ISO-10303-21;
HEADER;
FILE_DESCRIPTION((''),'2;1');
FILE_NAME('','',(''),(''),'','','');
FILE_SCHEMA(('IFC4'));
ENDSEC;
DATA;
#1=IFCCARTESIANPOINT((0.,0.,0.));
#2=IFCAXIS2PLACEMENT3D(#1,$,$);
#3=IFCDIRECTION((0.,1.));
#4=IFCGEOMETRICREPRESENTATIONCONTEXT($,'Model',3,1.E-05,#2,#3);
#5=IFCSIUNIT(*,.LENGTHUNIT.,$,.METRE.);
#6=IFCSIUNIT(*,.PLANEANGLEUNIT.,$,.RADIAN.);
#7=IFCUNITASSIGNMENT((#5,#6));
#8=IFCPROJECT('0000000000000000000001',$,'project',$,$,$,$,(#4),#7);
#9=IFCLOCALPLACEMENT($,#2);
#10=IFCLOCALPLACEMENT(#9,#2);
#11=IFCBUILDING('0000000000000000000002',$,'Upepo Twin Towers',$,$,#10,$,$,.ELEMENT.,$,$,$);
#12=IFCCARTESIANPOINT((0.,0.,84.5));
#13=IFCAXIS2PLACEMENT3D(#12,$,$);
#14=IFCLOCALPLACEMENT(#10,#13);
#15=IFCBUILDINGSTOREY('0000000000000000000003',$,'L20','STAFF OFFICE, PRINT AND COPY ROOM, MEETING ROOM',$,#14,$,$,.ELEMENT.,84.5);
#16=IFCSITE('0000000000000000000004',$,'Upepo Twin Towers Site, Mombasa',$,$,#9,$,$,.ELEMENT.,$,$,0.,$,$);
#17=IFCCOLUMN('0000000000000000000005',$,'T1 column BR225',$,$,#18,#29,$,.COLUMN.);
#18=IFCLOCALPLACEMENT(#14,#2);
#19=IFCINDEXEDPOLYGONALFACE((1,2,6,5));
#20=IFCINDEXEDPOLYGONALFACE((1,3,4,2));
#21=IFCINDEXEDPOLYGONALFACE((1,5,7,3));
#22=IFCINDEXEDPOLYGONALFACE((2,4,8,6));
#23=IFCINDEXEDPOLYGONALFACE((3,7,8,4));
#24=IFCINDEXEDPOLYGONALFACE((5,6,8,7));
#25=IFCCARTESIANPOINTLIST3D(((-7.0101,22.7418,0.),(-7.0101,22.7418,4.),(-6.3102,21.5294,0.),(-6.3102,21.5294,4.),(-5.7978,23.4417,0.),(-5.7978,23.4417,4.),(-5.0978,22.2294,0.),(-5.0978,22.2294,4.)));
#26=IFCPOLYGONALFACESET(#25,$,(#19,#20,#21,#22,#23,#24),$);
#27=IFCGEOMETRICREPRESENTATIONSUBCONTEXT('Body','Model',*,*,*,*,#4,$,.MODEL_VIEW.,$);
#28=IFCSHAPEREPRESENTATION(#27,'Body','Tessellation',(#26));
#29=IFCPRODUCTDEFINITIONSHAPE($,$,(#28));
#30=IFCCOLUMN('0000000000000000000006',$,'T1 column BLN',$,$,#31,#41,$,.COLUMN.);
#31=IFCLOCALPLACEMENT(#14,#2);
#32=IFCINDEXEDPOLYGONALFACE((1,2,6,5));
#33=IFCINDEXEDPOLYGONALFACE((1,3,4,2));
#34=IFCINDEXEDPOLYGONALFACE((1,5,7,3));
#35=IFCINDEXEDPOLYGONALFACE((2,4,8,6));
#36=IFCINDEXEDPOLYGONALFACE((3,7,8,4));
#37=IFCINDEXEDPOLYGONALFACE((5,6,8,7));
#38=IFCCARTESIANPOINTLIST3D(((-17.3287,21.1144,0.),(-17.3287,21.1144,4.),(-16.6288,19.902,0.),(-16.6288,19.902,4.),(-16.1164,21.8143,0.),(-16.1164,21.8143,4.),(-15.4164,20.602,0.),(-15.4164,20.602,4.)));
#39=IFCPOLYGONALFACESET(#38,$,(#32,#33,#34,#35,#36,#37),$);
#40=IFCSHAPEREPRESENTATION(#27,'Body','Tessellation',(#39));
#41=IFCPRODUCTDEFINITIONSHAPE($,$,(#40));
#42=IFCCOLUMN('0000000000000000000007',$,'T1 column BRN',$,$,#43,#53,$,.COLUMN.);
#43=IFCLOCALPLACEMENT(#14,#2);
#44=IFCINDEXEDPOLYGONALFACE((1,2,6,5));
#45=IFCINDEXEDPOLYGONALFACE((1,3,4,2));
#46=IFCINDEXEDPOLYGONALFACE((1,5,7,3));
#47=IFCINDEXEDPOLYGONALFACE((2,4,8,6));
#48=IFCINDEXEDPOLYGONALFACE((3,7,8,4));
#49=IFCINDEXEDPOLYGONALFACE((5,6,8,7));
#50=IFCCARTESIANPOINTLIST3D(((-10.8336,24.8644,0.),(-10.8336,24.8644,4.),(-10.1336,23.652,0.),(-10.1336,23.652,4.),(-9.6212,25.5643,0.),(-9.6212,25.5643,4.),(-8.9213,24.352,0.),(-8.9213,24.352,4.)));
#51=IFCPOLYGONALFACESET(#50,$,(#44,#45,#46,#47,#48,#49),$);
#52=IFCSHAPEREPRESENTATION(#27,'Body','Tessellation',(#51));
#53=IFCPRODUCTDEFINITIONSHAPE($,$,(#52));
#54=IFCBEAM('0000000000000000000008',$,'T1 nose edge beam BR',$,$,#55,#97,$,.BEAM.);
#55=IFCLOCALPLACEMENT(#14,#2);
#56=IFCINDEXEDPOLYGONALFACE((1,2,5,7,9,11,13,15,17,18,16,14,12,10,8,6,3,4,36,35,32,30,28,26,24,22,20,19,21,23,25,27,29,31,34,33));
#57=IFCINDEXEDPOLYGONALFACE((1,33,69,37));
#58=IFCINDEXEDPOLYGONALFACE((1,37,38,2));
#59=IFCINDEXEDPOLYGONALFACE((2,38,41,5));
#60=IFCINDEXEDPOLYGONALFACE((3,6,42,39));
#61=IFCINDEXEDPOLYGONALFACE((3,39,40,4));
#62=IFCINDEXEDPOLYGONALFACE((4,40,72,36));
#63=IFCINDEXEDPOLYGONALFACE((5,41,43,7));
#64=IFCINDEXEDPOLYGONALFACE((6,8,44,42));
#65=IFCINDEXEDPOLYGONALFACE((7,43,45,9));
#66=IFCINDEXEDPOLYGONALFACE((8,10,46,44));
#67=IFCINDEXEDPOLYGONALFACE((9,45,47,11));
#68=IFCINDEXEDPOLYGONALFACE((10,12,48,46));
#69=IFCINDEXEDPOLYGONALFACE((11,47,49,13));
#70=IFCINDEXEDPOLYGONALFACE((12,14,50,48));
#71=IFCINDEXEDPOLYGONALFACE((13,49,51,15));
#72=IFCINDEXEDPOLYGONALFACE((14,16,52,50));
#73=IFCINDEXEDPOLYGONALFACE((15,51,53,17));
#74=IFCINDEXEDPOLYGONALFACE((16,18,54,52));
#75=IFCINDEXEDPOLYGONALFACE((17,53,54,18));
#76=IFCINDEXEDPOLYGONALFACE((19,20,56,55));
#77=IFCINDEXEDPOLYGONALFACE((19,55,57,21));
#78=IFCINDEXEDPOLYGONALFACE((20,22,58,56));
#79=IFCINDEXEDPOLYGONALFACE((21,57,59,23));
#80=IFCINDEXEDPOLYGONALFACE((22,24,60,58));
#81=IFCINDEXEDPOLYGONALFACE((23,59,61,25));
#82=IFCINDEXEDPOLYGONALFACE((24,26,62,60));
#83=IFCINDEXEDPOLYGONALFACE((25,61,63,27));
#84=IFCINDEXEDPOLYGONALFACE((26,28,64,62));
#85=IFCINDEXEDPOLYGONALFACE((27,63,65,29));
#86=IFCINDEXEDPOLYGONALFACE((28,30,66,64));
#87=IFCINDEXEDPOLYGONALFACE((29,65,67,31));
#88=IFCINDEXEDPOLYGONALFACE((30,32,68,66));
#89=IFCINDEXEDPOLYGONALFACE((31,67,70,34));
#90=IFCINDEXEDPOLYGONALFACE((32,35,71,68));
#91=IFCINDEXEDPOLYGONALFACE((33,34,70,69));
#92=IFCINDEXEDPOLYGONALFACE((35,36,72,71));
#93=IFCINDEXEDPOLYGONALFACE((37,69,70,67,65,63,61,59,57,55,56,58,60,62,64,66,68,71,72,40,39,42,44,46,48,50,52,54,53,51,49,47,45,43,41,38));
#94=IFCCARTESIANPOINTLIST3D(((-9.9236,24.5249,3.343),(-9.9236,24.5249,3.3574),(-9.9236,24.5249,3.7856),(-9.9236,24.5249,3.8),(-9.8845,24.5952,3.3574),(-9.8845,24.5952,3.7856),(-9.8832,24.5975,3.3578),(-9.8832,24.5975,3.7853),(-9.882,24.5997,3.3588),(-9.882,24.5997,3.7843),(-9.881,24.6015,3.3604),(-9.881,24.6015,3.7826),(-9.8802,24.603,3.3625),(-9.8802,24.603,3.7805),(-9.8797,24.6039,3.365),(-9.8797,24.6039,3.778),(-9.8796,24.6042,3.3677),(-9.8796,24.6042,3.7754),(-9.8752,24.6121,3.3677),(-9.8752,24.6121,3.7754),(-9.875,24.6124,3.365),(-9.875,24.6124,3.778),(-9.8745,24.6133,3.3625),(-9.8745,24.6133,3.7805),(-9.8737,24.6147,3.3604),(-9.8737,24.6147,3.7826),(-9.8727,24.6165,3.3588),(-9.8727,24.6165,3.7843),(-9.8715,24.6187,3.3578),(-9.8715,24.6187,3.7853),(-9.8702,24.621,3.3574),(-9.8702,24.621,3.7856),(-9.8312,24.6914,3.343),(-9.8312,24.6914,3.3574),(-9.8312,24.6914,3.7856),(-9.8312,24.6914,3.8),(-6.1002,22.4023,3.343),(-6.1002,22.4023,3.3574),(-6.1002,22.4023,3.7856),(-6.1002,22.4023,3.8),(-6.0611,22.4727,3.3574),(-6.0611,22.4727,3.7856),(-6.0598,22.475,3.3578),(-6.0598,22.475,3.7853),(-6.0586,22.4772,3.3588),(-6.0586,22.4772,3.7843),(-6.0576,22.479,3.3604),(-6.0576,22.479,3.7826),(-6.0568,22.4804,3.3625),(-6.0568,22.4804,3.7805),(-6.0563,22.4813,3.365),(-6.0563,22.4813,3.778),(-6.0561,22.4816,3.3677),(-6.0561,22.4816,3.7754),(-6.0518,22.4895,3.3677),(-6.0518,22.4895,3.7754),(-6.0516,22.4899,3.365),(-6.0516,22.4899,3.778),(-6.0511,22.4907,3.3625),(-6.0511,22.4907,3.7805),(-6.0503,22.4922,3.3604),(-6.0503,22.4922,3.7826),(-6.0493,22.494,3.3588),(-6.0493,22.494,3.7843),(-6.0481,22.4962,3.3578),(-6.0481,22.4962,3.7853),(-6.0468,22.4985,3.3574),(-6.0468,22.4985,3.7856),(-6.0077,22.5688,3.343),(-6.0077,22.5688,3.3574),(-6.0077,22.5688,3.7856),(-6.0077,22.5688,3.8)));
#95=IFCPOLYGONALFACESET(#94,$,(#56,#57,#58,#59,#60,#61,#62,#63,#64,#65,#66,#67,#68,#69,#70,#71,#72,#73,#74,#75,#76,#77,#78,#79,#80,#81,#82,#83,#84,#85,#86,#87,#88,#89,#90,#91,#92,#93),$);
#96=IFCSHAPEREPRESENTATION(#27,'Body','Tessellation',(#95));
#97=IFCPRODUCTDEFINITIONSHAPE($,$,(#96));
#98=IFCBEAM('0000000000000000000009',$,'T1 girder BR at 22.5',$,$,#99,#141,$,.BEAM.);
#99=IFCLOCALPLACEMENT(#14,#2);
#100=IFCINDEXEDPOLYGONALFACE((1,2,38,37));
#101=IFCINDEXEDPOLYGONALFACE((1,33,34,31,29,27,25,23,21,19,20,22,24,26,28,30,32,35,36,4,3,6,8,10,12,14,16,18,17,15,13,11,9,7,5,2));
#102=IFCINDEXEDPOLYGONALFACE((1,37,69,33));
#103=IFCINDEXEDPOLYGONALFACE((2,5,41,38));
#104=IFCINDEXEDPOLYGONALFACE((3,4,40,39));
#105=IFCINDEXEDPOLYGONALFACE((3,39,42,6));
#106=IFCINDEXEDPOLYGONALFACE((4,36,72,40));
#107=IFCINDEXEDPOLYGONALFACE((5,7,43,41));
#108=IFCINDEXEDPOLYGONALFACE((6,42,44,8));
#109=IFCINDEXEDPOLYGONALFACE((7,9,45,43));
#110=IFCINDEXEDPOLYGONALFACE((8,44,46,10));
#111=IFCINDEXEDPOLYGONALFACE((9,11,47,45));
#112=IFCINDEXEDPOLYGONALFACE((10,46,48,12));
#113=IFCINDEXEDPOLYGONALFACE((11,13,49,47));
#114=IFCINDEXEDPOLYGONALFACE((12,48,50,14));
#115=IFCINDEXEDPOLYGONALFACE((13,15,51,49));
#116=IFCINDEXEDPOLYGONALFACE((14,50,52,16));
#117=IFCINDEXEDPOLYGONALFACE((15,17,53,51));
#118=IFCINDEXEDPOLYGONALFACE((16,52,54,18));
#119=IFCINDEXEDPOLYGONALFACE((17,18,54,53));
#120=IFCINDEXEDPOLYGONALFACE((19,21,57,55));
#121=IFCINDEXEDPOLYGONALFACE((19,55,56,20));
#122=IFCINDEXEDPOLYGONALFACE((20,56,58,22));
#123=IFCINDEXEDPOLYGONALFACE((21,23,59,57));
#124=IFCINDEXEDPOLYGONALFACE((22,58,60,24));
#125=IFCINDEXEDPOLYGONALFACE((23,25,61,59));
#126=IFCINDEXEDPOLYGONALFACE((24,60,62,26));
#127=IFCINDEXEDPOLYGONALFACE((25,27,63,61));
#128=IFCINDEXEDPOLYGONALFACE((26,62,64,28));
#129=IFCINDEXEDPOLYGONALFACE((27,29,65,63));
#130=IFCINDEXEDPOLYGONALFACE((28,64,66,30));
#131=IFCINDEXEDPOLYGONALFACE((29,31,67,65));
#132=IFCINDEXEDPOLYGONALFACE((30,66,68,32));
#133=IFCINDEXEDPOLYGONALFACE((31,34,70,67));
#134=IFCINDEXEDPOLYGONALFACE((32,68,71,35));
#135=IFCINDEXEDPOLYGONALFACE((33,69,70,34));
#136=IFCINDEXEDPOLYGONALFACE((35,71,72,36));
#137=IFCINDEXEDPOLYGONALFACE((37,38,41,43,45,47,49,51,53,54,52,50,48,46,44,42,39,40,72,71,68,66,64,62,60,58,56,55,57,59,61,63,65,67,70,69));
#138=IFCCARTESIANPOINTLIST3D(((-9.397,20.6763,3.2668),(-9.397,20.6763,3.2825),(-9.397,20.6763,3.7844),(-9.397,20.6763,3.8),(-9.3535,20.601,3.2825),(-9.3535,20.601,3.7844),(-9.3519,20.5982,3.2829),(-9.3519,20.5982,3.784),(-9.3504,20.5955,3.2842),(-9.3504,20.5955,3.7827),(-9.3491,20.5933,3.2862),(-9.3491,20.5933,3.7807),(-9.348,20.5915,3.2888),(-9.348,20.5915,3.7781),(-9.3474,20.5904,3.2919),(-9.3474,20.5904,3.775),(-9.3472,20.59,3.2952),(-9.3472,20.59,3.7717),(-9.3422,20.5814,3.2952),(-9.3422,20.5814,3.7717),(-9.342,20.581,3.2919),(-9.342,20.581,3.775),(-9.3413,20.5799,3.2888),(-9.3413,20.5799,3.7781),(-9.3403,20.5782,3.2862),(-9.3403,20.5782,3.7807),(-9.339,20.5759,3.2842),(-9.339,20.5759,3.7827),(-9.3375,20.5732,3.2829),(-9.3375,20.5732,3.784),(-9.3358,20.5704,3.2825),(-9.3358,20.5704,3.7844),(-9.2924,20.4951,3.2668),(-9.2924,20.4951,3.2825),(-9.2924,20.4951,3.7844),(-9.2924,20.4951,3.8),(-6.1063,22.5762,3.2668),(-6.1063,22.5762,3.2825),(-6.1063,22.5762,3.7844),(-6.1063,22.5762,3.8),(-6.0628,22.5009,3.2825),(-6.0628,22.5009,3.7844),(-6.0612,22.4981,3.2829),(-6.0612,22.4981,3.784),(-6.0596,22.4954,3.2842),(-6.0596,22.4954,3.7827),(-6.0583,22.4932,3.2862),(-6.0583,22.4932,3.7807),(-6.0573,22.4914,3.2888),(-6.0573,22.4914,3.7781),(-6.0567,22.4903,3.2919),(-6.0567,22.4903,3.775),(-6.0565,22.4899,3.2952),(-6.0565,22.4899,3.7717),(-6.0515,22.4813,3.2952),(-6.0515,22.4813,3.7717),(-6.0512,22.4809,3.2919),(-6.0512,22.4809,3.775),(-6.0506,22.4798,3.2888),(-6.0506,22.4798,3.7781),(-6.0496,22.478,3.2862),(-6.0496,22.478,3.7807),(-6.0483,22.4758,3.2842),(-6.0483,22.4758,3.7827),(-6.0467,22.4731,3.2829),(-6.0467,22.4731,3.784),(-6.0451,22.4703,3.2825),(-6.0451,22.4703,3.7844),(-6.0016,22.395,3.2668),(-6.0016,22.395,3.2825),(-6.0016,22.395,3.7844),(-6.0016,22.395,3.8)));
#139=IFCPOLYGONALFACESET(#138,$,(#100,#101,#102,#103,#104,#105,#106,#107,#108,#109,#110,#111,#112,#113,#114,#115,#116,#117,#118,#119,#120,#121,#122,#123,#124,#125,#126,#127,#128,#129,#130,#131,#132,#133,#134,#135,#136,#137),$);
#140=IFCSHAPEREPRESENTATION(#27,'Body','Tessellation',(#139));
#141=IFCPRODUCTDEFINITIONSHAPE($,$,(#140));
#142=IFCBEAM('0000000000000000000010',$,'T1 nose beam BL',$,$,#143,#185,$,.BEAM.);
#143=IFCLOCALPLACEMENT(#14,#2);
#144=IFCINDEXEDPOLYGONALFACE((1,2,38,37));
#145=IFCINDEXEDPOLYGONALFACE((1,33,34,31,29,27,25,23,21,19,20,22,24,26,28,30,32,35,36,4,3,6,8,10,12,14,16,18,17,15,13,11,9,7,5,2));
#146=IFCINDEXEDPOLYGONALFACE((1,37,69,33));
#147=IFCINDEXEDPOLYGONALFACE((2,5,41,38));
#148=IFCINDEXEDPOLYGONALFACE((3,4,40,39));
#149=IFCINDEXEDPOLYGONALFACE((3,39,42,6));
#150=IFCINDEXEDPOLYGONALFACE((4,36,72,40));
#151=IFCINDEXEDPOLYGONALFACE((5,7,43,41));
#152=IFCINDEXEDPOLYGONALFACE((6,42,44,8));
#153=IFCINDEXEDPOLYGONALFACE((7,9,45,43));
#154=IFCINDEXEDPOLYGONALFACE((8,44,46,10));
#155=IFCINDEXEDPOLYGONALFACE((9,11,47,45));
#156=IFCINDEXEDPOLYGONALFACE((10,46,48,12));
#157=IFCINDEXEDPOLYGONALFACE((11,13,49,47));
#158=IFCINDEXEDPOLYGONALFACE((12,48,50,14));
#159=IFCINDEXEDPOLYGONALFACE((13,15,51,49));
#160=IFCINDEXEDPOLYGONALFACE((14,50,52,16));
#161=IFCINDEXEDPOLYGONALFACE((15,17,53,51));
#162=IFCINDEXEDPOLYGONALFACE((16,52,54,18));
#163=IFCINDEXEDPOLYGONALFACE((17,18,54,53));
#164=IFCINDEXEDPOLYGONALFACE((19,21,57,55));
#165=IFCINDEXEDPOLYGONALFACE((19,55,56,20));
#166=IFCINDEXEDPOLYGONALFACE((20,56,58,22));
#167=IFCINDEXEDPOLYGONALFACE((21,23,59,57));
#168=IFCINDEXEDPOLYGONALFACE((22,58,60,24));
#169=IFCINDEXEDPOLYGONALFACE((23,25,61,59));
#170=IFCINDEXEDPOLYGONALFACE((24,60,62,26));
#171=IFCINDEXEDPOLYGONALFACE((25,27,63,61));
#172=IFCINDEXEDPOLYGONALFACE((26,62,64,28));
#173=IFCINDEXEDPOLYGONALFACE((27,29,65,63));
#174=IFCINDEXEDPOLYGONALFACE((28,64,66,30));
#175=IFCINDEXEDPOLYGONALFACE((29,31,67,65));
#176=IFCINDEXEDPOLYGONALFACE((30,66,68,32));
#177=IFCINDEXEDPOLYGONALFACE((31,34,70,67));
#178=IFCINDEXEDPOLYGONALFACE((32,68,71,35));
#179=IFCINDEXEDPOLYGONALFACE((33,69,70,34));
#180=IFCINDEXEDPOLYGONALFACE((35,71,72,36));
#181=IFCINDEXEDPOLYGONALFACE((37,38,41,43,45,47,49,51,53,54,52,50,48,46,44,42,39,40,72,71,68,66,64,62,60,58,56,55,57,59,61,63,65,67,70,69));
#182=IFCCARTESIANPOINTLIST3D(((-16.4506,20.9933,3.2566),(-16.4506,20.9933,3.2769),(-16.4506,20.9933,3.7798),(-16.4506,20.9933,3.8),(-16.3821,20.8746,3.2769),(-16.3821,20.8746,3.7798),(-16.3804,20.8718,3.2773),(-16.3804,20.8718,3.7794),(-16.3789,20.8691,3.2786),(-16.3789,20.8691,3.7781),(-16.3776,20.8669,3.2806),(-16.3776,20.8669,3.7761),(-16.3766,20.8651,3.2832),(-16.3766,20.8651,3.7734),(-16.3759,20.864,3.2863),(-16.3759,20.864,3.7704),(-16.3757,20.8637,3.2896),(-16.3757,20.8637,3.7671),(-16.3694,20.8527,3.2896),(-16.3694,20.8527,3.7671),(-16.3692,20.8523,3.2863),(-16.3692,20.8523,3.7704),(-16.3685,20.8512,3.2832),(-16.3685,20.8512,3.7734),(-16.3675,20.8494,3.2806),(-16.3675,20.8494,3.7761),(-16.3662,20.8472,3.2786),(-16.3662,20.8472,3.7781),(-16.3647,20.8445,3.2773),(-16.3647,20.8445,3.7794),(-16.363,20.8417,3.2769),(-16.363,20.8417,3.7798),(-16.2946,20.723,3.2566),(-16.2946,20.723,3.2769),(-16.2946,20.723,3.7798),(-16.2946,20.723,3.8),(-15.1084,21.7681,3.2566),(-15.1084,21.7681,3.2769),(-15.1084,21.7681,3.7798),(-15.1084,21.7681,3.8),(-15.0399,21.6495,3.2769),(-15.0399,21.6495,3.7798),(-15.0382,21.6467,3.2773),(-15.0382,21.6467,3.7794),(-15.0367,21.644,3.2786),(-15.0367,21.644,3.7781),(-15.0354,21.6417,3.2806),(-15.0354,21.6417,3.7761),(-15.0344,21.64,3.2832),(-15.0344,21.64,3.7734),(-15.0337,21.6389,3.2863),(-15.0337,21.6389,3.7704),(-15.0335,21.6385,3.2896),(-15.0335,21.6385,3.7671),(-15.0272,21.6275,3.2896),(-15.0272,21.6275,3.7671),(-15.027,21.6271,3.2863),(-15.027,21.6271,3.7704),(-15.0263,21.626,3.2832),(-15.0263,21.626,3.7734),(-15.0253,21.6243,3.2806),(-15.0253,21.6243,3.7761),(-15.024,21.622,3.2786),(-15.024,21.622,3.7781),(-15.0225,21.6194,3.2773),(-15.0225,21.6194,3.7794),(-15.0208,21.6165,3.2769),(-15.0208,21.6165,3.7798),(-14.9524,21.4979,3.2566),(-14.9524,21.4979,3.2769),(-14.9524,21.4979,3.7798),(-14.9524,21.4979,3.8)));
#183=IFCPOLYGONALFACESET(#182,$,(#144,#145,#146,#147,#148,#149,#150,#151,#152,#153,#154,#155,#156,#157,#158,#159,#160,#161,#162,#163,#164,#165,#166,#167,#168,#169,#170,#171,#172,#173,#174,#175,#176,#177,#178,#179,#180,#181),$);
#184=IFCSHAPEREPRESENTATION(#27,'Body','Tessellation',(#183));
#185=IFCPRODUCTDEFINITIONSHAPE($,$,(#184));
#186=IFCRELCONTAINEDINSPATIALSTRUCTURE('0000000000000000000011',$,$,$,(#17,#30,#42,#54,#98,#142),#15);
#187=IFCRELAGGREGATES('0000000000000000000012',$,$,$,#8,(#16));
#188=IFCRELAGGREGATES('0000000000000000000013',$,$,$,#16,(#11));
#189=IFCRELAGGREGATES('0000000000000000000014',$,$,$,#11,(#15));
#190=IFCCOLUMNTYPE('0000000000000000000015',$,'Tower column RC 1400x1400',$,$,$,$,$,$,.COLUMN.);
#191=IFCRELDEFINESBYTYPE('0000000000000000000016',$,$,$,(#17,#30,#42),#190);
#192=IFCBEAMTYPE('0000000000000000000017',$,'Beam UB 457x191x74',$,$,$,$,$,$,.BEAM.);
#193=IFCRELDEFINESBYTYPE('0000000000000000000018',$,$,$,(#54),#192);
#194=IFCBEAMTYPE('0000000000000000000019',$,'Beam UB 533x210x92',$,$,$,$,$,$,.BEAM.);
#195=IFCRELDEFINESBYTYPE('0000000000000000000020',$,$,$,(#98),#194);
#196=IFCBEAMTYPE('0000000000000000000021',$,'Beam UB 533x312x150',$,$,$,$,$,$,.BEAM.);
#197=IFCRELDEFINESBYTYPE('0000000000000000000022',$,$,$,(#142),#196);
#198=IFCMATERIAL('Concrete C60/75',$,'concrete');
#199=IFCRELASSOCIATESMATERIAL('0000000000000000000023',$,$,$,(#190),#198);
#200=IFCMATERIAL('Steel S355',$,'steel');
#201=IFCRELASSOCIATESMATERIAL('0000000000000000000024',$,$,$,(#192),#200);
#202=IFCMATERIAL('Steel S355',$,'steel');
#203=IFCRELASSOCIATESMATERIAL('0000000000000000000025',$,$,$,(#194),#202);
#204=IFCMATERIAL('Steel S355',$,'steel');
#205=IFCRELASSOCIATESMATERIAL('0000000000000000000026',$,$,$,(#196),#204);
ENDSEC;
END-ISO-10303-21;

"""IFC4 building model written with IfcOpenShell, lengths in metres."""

from ifc_helpers import new_model, si_unit, direction, frame, origin, origin_2d, place, context, subcontext, project, spatial, rectangle, i_section, extrude, material, material_profile, profile_set, type_object, element, save


model = new_model("IFC4")

# Units and contexts
model_context = context("Model", 3, precision=1e-05, world=origin(), true_north=direction((0.0, 1.0)))
body_context = subcontext(model_context, "Body", "Model", "MODEL_VIEW")
ifc_project = project(units=[si_unit("LENGTHUNIT", "METRE"), si_unit("PLANEANGLEUNIT", "RADIAN")], contexts=[model_context])

# Site, building, storey
site_placement = place(None, origin())
site = spatial("IfcSite", under=ifc_project, at=site_placement, Name="Upepo Twin Towers Site, Mombasa", CompositionType="ELEMENT", RefElevation=0.0)
building_placement = place(site_placement, origin())
building = spatial("IfcBuilding", under=site, at=building_placement, Name="Upepo Twin Towers", CompositionType="ELEMENT")
storey_placement = place(building_placement, frame((0.0, 0.0, 84.5)))
storey = spatial("IfcBuildingStorey", under=building, at=storey_placement, Name="L20", Description="STAFF OFFICE, PRINT AND COPY ROOM, MEETING ROOM", CompositionType="ELEMENT", Elevation=84.5)

# Columns
ifc_material_1 = material(Name="Concrete C60/75", Category="concrete")
ifc_material_profile_1 = material_profile(ifc_material_1, rectangle(XDim=1.3999, YDim=1.3999, at=origin_2d()), Name="RC 1400x1400")
ifc_profile_set_1 = profile_set([ifc_material_profile_1], Name="Concrete C60/75")
column_type = type_object("IfcColumnType", Name="Tower column RC 1400x1400", PredefinedType="COLUMN", material=ifc_profile_set_1)
for number, where, z_axis, x_axis, name in (
    (1, (-6.054, 22.4856, 0.0), (0.0, 0.0, 1.0), (0.866025, 0.5, 0.0), "T1 column BR225"),
    (2, (-16.3726, 20.8582, 0.0), (0.0, 0.0, 1.0), (0.866025, 0.5, 0.0), "T1 column BLN"),
    (3, (-9.8774, 24.6082, 0.0), (0.0, 0.0, 1.0), (0.866025, 0.5, 0.0), "T1 column BRN"),
):
    element("IfcColumn", number, at=place(storey_placement, frame(where, z_axis=z_axis, x_axis=x_axis)), inside=storey, type_object=column_type, Name=name, PredefinedType="COLUMN", context=body_context, shape_type="SweptSolid", body=[
        extrude(rectangle(XDim=1.3999, YDim=1.3999, at=origin_2d()), origin(), (0.0, 0.0, 1.0), 4.0),
    ])

# Beams
ifc_material_2 = material(Name="Steel S355", Category="steel")
ifc_material_profile_2 = material_profile(ifc_material_2, i_section(OverallWidth=0.1904, OverallDepth=0.457, WebThickness=0.009, FlangeThickness=0.0144, FilletRadius=0.0103, at=origin_2d()), Name="UB 457x191x74")
ifc_profile_set_2 = profile_set([ifc_material_profile_2], Name="Steel S355")
beam_type_1 = type_object("IfcBeamType", Name="Beam UB 457x191x74", PredefinedType="BEAM", material=ifc_profile_set_2)
beam_1_placement = place(storey_placement, frame((-6.054, 22.4856, 3.5715), z_axis=(-0.874313, 0.485363, 0.0), x_axis=(-0.485363, -0.874313, 0.0)))
element("IfcBeam", 4, at=beam_1_placement, inside=storey, type_object=beam_type_1, Name="T1 nose edge beam BR", PredefinedType="BEAM", context=body_context, shape_type="SweptSolid", body=[
    extrude(i_section(OverallWidth=0.1904, OverallDepth=0.457, WebThickness=0.009, FlangeThickness=0.0144, FilletRadius=0.0103, at=origin_2d()), origin(), (0.0, 0.0, 1.0), 4.373),
])
ifc_material_3 = material(Name="Steel S355", Category="steel")
ifc_material_profile_3 = material_profile(ifc_material_3, i_section(OverallWidth=0.2092, OverallDepth=0.5332, WebThickness=0.01, FlangeThickness=0.0156, FilletRadius=0.0127, at=origin_2d()), Name="UB 533x210x92")
ifc_profile_set_3 = profile_set([ifc_material_profile_3], Name="Steel S355")
beam_type_2 = type_object("IfcBeamType", Name="Beam UB 533x210x92", PredefinedType="BEAM", material=ifc_profile_set_3)
beam_2_placement = place(storey_placement, frame((-6.054, 22.4856, 3.5334), z_axis=(-0.866028, -0.499995, 0.0), x_axis=(0.499995, -0.866028, 0.0)))
element("IfcBeam", 5, at=beam_2_placement, inside=storey, type_object=beam_type_2, Name="T1 girder BR at 22.5", PredefinedType="BEAM", context=body_context, shape_type="SweptSolid", body=[
    extrude(i_section(OverallWidth=0.2092, OverallDepth=0.5332, WebThickness=0.01, FlangeThickness=0.0156, FilletRadius=0.0127, at=origin_2d()), origin(), (0.0, 0.0, 1.0), 3.7998),
])
ifc_material_4 = material(Name="Steel S355", Category="steel")
ifc_material_profile_4 = material_profile(ifc_material_4, i_section(OverallWidth=0.312, OverallDepth=0.5435, WebThickness=0.0127, FlangeThickness=0.0203, FilletRadius=0.0127, at=origin_2d()), Name="UB 533x312x150")
ifc_profile_set_4 = profile_set([ifc_material_profile_4], Name="Steel S355")
beam_type_3 = type_object("IfcBeamType", Name="Beam UB 533x312x150", PredefinedType="BEAM", material=ifc_profile_set_4)
for number, where, z_axis, x_axis, name in (
    (6, (-16.3726, 20.8582, 3.5283), (0.866044, 0.499968, 0.0), (-0.499968, 0.866044, 0.0), "T1 nose beam BL"),
):
    element("IfcBeam", number, at=place(storey_placement, frame(where, z_axis=z_axis, x_axis=x_axis)), inside=storey, type_object=beam_type_3, Name=name, PredefinedType="BEAM", context=body_context, shape_type="SweptSolid", body=[
        extrude(i_section(OverallWidth=0.312, OverallDepth=0.5435, WebThickness=0.0127, FlangeThickness=0.0203, FilletRadius=0.0127, at=origin_2d()), origin(), (0.0, 0.0, 1.0), 1.5498),
    ])

save(model, "model.ifc")
